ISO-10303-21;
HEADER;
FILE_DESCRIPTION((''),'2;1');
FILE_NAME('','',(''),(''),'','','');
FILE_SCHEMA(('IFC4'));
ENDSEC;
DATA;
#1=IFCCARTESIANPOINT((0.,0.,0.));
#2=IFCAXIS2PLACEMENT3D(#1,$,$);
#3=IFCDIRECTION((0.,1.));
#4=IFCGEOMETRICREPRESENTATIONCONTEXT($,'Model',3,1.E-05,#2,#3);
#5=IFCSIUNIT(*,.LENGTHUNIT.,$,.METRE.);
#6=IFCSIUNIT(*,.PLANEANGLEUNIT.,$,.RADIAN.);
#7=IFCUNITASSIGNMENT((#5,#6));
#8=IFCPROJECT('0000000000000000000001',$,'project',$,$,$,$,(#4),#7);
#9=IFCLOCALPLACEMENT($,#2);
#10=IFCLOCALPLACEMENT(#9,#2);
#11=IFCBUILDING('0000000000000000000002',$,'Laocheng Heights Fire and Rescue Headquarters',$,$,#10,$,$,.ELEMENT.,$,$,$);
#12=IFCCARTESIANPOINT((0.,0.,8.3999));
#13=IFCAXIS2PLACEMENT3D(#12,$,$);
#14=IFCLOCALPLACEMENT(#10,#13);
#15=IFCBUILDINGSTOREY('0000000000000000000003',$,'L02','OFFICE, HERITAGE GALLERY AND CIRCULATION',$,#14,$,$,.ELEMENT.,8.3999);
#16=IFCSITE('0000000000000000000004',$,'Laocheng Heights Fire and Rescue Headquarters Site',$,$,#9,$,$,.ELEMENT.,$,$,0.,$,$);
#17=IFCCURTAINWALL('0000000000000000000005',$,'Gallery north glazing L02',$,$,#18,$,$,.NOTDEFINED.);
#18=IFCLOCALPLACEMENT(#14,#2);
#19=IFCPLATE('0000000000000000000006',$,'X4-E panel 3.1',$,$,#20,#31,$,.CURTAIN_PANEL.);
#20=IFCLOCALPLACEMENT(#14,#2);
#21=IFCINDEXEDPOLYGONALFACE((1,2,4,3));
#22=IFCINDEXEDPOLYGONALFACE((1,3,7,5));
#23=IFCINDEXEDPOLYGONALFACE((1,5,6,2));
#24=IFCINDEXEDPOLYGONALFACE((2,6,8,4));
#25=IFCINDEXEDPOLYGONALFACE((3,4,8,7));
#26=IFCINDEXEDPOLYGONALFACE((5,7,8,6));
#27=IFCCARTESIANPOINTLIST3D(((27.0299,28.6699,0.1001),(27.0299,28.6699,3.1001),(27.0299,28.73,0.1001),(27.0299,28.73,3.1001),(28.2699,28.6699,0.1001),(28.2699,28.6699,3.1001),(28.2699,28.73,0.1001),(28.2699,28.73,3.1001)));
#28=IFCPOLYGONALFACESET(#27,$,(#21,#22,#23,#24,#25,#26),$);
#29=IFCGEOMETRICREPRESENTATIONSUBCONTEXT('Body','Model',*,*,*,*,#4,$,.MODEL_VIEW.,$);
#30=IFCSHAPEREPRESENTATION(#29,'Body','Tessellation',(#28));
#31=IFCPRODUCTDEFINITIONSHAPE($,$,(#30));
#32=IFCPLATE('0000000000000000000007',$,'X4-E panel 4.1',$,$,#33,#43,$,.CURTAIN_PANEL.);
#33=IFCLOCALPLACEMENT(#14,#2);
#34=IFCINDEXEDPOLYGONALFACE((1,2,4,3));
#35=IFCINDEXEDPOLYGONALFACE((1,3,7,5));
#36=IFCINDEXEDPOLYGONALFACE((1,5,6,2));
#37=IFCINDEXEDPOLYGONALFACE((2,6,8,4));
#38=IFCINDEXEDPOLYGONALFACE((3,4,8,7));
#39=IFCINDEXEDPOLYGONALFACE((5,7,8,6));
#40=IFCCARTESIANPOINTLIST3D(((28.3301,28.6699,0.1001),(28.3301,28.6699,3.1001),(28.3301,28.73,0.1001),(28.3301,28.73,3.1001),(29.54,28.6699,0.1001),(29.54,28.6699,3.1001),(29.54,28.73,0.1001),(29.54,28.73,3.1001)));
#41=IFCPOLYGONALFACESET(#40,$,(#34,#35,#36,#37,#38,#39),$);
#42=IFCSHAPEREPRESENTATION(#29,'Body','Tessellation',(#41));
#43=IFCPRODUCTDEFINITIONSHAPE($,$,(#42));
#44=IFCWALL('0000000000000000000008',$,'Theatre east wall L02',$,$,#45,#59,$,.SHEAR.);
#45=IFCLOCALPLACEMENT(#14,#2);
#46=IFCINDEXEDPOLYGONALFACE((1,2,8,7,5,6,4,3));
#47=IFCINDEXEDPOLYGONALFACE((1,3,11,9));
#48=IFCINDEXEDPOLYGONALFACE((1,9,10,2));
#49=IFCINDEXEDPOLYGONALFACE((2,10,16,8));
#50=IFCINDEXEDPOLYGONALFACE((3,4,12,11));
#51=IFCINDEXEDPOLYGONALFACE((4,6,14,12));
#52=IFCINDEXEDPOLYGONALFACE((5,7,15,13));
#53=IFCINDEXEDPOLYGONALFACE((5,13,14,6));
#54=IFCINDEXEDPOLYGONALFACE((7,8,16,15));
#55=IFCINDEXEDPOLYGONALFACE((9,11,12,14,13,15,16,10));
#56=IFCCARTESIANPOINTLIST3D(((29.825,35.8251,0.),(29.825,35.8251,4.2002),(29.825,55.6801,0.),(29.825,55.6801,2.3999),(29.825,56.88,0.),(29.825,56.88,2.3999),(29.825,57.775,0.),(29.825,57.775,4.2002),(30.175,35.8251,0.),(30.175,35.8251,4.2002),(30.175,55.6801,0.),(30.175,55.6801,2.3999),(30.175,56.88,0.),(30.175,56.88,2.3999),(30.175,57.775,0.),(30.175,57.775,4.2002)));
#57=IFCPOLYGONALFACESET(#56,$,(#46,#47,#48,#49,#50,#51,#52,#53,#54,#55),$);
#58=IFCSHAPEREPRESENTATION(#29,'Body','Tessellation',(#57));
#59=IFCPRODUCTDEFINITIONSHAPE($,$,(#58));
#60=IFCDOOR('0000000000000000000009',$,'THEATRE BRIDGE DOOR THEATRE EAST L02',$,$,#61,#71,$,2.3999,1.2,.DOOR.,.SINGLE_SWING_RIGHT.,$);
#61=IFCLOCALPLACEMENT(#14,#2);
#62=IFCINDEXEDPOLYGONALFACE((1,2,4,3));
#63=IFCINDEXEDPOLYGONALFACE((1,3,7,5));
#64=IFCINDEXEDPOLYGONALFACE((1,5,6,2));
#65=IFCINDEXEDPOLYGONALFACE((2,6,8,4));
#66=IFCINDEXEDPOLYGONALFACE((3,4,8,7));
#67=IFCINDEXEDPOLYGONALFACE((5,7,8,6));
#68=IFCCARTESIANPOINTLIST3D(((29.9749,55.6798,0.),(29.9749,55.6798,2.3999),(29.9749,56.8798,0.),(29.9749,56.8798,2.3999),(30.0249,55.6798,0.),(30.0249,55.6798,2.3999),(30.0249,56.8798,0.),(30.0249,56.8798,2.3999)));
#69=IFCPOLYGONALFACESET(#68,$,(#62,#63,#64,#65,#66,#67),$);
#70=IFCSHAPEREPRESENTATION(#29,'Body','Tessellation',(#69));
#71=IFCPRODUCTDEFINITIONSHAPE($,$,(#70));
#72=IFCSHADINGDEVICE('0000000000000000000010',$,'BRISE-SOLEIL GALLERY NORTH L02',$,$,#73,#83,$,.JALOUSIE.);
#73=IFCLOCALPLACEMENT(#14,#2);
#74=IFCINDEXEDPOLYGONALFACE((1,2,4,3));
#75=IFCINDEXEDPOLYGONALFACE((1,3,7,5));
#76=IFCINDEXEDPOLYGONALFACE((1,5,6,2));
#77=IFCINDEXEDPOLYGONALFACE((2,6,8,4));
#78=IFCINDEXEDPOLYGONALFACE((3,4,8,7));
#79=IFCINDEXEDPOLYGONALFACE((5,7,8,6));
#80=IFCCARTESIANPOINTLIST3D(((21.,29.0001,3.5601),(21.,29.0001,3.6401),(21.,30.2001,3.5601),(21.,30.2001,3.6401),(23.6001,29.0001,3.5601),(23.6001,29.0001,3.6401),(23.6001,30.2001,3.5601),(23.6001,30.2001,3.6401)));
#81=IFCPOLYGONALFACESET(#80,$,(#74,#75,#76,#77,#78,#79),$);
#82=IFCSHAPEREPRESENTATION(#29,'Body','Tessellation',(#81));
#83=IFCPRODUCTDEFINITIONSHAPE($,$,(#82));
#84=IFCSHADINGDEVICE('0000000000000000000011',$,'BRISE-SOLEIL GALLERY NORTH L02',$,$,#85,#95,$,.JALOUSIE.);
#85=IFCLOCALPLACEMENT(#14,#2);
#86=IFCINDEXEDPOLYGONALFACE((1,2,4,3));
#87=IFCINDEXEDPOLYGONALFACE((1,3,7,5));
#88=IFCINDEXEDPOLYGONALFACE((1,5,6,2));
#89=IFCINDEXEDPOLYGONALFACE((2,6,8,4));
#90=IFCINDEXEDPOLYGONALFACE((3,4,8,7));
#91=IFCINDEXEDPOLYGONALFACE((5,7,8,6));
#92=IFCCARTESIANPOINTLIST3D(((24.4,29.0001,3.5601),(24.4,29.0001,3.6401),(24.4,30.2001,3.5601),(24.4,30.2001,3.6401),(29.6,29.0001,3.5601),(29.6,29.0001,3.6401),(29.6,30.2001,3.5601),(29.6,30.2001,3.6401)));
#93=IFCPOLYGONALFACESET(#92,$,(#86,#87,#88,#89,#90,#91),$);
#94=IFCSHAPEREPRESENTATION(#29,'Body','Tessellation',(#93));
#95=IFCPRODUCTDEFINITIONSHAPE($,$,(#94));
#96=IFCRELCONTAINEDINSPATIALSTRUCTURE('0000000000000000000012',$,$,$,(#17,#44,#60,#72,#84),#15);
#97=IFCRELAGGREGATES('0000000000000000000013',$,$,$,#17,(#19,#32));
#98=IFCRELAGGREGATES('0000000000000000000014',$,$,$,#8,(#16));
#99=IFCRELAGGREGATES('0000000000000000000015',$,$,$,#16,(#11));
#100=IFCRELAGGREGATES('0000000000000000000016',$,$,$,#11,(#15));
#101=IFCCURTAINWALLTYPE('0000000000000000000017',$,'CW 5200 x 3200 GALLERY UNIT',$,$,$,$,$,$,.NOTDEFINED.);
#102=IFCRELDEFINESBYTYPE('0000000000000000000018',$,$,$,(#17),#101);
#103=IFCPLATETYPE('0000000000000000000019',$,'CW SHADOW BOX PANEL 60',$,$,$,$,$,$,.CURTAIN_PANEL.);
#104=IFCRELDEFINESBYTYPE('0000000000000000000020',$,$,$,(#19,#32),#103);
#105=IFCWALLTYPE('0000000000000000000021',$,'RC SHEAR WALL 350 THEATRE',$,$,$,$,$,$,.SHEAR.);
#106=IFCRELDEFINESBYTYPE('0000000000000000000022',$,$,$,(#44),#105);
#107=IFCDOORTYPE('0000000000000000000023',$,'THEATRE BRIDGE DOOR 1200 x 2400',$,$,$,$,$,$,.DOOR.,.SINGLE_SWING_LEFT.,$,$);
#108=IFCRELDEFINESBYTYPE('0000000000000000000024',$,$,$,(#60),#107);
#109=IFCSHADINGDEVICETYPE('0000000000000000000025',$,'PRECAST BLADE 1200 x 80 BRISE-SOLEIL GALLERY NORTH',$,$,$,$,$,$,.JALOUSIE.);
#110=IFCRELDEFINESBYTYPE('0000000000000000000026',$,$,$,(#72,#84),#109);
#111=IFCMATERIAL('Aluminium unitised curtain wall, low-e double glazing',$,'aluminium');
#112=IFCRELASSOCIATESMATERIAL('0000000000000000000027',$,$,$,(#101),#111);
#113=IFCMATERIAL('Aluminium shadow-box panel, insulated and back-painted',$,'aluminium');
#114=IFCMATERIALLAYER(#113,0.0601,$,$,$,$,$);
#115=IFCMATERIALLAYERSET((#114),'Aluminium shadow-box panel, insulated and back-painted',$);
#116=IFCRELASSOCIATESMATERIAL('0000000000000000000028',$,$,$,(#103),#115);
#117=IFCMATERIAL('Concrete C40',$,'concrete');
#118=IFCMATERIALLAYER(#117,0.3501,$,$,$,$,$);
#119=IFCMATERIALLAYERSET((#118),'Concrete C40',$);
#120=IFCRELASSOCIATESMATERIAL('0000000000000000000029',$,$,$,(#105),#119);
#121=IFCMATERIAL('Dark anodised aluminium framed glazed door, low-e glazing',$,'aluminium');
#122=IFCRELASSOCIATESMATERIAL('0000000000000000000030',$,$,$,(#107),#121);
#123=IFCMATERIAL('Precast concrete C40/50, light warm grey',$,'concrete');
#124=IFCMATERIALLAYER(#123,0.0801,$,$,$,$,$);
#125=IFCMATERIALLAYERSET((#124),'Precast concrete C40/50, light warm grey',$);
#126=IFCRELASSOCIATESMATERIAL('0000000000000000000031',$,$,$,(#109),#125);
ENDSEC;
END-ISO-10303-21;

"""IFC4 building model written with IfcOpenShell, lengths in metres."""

from ifc_helpers import new_model, si_unit, direction, frame, frame_2d, origin, origin_2d, place, context, subcontext, project, spatial, rectangle, extrude, material, layer, layer_set, type_object, element, fill, aggregate, save


model = new_model("IFC4")

# Units and contexts
model_context = context("Model", 3, precision=1e-05, world=origin(), true_north=direction((0.0, 1.0)))
body_context = subcontext(model_context, "Body", "Model", "MODEL_VIEW")
ifc_project = project(units=[si_unit("LENGTHUNIT", "METRE"), si_unit("PLANEANGLEUNIT", "RADIAN")], contexts=[model_context])

# Site, building, storey
site_placement = place(None, origin())
site = spatial("IfcSite", under=ifc_project, at=site_placement, Name="Laocheng Heights Fire and Rescue Headquarters Site", CompositionType="ELEMENT", RefElevation=0.0)
building_placement = place(site_placement, origin())
building = spatial("IfcBuilding", under=site, at=building_placement, Name="Laocheng Heights Fire and Rescue Headquarters", CompositionType="ELEMENT")
storey_placement = place(building_placement, frame((0.0, 0.0, 8.3999)))
storey = spatial("IfcBuildingStorey", under=building, at=storey_placement, Name="L02", Description="OFFICE, HERITAGE GALLERY AND CIRCULATION", CompositionType="ELEMENT", Elevation=8.3999)

# Curtain wall
ifc_material_1 = material(Name="Aluminium unitised curtain wall, low-e double glazing", Category="aluminium")
curtain_wall_type_1 = type_object("IfcCurtainWallType", Name="CW 5200 x 3200 GALLERY UNIT", PredefinedType="NOTDEFINED", material=ifc_material_1)
curtain_wall_1_placement = place(storey_placement, origin())
curtain_wall_1 = element("IfcCurtainWall", 1, at=curtain_wall_1_placement, inside=storey, type_object=curtain_wall_type_1, Name="Gallery north glazing L02", PredefinedType="NOTDEFINED")

# Plates
ifc_material_2 = material(Name="Aluminium shadow-box panel, insulated and back-painted", Category="aluminium")
ifc_layer_1 = layer(ifc_material_2, 0.0601)
ifc_layer_set_1 = layer_set([ifc_layer_1], Name="Aluminium shadow-box panel, insulated and back-painted")
plate_type = type_object("IfcPlateType", Name="CW SHADOW BOX PANEL 60", PredefinedType="CURTAIN_PANEL", material=ifc_layer_set_1)
plate_1_placement = place(storey_placement, frame((27.6499, 28.7, 0.1001), z_axis=(0.0, 0.0, 1.0), x_axis=(1.0, 0.0, 0.0)))
plate_1 = element("IfcPlate", 2, at=plate_1_placement, type_object=plate_type, Name="X4-E panel 3.1", PredefinedType="CURTAIN_PANEL", context=body_context, shape_type="SweptSolid", body=[
    extrude(rectangle(XDim=1.24, YDim=0.0601, at=origin_2d()), origin(), (0.0, 0.0, 1.0), 3.0),
])
plate_2_placement = place(storey_placement, frame((28.9351, 28.7, 0.1001), z_axis=(0.0, 0.0, 1.0), x_axis=(1.0, 0.0, 0.0)))
plate_2 = element("IfcPlate", 3, at=plate_2_placement, type_object=plate_type, Name="X4-E panel 4.1", PredefinedType="CURTAIN_PANEL", context=body_context, shape_type="SweptSolid", body=[
    extrude(rectangle(XDim=1.21, YDim=0.0601, at=origin_2d()), origin(), (0.0, 0.0, 1.0), 3.0),
])
aggregate(curtain_wall_1, [plate_1, plate_2])

# Wall, opening, door
ifc_material_3 = material(Name="Concrete C40", Category="concrete")
ifc_layer_2 = layer(ifc_material_3, 0.3501)
ifc_layer_set_2 = layer_set([ifc_layer_2], Name="Concrete C40")
wall_type = type_object("IfcWallType", Name="RC SHEAR WALL 350 THEATRE", PredefinedType="SHEAR", material=ifc_layer_set_2)
wall_placement = place(storey_placement, frame((30.0, 35.825, 0.0), z_axis=(0.0, 0.0, 1.0), x_axis=(0.0, 1.0, 0.0)))
wall = element("IfcWall", 4, at=wall_placement, inside=storey, type_object=wall_type, Name="Theatre east wall L02", PredefinedType="SHEAR", context=body_context, shape_type="SweptSolid", body=[
    extrude(rectangle(XDim=21.95, YDim=0.3501, at=frame_2d((10.9751, 0.0))), origin(), (0.0, 0.0, 1.0), 4.2002),
])
opening_placement = place(wall_placement, frame((19.855, 0.0, 0.0)))
opening = element("IfcOpeningElement", 5, at=opening_placement, cuts=wall, PredefinedType="OPENING", context=body_context, shape_type="SweptSolid", body=[
    extrude(rectangle(XDim=1.2, YDim=2.3999, at=frame_2d((0.6001, 1.2))), frame((0.0, 0.1851, 0.0), z_axis=(0.0, -1.0, 0.0), x_axis=(1.0, 0.0, 0.0)), (0.0, 0.0, 1.0), 0.3701),
])
ifc_material_4 = material(Name="Dark anodised aluminium framed glazed door, low-e glazing", Category="aluminium")
door_type = type_object("IfcDoorType", Name="THEATRE BRIDGE DOOR 1200 x 2400", OperationType="SINGLE_SWING_LEFT", PredefinedType="DOOR", material=ifc_material_4)
door_placement = place(opening_placement, frame((1.2, 0.0, 0.0), z_axis=(0.0, 0.0, 1.0), x_axis=(-1.0, 0.0, 0.0)))
door = element("IfcDoor", 6, at=door_placement, inside=storey, type_object=door_type, Name="THEATRE BRIDGE DOOR THEATRE EAST L02", OperationType="SINGLE_SWING_RIGHT", OverallHeight=2.3999, OverallWidth=1.2, PredefinedType="DOOR", context=body_context, shape_type="SweptSolid", body=[
    extrude(rectangle(XDim=1.2, YDim=2.3999, at=frame_2d((0.6001, 1.2))), frame((0.0, 0.0249, 0.0), z_axis=(0.0, -1.0, 0.0), x_axis=(1.0, 0.0, 0.0)), (0.0, 0.0, 1.0), 0.05),
])
fill(opening, door)

# Shading devices
ifc_material_5 = material(Name="Precast concrete C40/50, light warm grey", Category="concrete")
ifc_layer_3 = layer(ifc_material_5, 0.0801)
ifc_layer_set_3 = layer_set([ifc_layer_3], Name="Precast concrete C40/50, light warm grey")
shading_device_type = type_object("IfcShadingDeviceType", Name="PRECAST BLADE 1200 x 80 BRISE-SOLEIL GALLERY NORTH", PredefinedType="JALOUSIE", material=ifc_layer_set_3)
shading_device_1_placement = place(storey_placement, frame((22.3, 29.6001, 3.5601), z_axis=(0.0, 0.0, 1.0), x_axis=(1.0, 0.0, 0.0)))
element("IfcShadingDevice", 7, at=shading_device_1_placement, inside=storey, type_object=shading_device_type, Name="BRISE-SOLEIL GALLERY NORTH L02", PredefinedType="JALOUSIE", context=body_context, shape_type="SweptSolid", body=[
    extrude(rectangle(XDim=2.6001, YDim=1.2, at=origin_2d()), origin(), (0.0, 0.0, 1.0), 0.0801),
])
shading_device_2_placement = place(storey_placement, frame((27.0, 29.6001, 3.5601), z_axis=(0.0, 0.0, 1.0), x_axis=(1.0, 0.0, 0.0)))
element("IfcShadingDevice", 8, at=shading_device_2_placement, inside=storey, type_object=shading_device_type, Name="BRISE-SOLEIL GALLERY NORTH L02", PredefinedType="JALOUSIE", context=body_context, shape_type="SweptSolid", body=[
    extrude(rectangle(XDim=5.2, YDim=1.2, at=origin_2d()), origin(), (0.0, 0.0, 1.0), 0.0801),
])

save(model, "model.ifc")
